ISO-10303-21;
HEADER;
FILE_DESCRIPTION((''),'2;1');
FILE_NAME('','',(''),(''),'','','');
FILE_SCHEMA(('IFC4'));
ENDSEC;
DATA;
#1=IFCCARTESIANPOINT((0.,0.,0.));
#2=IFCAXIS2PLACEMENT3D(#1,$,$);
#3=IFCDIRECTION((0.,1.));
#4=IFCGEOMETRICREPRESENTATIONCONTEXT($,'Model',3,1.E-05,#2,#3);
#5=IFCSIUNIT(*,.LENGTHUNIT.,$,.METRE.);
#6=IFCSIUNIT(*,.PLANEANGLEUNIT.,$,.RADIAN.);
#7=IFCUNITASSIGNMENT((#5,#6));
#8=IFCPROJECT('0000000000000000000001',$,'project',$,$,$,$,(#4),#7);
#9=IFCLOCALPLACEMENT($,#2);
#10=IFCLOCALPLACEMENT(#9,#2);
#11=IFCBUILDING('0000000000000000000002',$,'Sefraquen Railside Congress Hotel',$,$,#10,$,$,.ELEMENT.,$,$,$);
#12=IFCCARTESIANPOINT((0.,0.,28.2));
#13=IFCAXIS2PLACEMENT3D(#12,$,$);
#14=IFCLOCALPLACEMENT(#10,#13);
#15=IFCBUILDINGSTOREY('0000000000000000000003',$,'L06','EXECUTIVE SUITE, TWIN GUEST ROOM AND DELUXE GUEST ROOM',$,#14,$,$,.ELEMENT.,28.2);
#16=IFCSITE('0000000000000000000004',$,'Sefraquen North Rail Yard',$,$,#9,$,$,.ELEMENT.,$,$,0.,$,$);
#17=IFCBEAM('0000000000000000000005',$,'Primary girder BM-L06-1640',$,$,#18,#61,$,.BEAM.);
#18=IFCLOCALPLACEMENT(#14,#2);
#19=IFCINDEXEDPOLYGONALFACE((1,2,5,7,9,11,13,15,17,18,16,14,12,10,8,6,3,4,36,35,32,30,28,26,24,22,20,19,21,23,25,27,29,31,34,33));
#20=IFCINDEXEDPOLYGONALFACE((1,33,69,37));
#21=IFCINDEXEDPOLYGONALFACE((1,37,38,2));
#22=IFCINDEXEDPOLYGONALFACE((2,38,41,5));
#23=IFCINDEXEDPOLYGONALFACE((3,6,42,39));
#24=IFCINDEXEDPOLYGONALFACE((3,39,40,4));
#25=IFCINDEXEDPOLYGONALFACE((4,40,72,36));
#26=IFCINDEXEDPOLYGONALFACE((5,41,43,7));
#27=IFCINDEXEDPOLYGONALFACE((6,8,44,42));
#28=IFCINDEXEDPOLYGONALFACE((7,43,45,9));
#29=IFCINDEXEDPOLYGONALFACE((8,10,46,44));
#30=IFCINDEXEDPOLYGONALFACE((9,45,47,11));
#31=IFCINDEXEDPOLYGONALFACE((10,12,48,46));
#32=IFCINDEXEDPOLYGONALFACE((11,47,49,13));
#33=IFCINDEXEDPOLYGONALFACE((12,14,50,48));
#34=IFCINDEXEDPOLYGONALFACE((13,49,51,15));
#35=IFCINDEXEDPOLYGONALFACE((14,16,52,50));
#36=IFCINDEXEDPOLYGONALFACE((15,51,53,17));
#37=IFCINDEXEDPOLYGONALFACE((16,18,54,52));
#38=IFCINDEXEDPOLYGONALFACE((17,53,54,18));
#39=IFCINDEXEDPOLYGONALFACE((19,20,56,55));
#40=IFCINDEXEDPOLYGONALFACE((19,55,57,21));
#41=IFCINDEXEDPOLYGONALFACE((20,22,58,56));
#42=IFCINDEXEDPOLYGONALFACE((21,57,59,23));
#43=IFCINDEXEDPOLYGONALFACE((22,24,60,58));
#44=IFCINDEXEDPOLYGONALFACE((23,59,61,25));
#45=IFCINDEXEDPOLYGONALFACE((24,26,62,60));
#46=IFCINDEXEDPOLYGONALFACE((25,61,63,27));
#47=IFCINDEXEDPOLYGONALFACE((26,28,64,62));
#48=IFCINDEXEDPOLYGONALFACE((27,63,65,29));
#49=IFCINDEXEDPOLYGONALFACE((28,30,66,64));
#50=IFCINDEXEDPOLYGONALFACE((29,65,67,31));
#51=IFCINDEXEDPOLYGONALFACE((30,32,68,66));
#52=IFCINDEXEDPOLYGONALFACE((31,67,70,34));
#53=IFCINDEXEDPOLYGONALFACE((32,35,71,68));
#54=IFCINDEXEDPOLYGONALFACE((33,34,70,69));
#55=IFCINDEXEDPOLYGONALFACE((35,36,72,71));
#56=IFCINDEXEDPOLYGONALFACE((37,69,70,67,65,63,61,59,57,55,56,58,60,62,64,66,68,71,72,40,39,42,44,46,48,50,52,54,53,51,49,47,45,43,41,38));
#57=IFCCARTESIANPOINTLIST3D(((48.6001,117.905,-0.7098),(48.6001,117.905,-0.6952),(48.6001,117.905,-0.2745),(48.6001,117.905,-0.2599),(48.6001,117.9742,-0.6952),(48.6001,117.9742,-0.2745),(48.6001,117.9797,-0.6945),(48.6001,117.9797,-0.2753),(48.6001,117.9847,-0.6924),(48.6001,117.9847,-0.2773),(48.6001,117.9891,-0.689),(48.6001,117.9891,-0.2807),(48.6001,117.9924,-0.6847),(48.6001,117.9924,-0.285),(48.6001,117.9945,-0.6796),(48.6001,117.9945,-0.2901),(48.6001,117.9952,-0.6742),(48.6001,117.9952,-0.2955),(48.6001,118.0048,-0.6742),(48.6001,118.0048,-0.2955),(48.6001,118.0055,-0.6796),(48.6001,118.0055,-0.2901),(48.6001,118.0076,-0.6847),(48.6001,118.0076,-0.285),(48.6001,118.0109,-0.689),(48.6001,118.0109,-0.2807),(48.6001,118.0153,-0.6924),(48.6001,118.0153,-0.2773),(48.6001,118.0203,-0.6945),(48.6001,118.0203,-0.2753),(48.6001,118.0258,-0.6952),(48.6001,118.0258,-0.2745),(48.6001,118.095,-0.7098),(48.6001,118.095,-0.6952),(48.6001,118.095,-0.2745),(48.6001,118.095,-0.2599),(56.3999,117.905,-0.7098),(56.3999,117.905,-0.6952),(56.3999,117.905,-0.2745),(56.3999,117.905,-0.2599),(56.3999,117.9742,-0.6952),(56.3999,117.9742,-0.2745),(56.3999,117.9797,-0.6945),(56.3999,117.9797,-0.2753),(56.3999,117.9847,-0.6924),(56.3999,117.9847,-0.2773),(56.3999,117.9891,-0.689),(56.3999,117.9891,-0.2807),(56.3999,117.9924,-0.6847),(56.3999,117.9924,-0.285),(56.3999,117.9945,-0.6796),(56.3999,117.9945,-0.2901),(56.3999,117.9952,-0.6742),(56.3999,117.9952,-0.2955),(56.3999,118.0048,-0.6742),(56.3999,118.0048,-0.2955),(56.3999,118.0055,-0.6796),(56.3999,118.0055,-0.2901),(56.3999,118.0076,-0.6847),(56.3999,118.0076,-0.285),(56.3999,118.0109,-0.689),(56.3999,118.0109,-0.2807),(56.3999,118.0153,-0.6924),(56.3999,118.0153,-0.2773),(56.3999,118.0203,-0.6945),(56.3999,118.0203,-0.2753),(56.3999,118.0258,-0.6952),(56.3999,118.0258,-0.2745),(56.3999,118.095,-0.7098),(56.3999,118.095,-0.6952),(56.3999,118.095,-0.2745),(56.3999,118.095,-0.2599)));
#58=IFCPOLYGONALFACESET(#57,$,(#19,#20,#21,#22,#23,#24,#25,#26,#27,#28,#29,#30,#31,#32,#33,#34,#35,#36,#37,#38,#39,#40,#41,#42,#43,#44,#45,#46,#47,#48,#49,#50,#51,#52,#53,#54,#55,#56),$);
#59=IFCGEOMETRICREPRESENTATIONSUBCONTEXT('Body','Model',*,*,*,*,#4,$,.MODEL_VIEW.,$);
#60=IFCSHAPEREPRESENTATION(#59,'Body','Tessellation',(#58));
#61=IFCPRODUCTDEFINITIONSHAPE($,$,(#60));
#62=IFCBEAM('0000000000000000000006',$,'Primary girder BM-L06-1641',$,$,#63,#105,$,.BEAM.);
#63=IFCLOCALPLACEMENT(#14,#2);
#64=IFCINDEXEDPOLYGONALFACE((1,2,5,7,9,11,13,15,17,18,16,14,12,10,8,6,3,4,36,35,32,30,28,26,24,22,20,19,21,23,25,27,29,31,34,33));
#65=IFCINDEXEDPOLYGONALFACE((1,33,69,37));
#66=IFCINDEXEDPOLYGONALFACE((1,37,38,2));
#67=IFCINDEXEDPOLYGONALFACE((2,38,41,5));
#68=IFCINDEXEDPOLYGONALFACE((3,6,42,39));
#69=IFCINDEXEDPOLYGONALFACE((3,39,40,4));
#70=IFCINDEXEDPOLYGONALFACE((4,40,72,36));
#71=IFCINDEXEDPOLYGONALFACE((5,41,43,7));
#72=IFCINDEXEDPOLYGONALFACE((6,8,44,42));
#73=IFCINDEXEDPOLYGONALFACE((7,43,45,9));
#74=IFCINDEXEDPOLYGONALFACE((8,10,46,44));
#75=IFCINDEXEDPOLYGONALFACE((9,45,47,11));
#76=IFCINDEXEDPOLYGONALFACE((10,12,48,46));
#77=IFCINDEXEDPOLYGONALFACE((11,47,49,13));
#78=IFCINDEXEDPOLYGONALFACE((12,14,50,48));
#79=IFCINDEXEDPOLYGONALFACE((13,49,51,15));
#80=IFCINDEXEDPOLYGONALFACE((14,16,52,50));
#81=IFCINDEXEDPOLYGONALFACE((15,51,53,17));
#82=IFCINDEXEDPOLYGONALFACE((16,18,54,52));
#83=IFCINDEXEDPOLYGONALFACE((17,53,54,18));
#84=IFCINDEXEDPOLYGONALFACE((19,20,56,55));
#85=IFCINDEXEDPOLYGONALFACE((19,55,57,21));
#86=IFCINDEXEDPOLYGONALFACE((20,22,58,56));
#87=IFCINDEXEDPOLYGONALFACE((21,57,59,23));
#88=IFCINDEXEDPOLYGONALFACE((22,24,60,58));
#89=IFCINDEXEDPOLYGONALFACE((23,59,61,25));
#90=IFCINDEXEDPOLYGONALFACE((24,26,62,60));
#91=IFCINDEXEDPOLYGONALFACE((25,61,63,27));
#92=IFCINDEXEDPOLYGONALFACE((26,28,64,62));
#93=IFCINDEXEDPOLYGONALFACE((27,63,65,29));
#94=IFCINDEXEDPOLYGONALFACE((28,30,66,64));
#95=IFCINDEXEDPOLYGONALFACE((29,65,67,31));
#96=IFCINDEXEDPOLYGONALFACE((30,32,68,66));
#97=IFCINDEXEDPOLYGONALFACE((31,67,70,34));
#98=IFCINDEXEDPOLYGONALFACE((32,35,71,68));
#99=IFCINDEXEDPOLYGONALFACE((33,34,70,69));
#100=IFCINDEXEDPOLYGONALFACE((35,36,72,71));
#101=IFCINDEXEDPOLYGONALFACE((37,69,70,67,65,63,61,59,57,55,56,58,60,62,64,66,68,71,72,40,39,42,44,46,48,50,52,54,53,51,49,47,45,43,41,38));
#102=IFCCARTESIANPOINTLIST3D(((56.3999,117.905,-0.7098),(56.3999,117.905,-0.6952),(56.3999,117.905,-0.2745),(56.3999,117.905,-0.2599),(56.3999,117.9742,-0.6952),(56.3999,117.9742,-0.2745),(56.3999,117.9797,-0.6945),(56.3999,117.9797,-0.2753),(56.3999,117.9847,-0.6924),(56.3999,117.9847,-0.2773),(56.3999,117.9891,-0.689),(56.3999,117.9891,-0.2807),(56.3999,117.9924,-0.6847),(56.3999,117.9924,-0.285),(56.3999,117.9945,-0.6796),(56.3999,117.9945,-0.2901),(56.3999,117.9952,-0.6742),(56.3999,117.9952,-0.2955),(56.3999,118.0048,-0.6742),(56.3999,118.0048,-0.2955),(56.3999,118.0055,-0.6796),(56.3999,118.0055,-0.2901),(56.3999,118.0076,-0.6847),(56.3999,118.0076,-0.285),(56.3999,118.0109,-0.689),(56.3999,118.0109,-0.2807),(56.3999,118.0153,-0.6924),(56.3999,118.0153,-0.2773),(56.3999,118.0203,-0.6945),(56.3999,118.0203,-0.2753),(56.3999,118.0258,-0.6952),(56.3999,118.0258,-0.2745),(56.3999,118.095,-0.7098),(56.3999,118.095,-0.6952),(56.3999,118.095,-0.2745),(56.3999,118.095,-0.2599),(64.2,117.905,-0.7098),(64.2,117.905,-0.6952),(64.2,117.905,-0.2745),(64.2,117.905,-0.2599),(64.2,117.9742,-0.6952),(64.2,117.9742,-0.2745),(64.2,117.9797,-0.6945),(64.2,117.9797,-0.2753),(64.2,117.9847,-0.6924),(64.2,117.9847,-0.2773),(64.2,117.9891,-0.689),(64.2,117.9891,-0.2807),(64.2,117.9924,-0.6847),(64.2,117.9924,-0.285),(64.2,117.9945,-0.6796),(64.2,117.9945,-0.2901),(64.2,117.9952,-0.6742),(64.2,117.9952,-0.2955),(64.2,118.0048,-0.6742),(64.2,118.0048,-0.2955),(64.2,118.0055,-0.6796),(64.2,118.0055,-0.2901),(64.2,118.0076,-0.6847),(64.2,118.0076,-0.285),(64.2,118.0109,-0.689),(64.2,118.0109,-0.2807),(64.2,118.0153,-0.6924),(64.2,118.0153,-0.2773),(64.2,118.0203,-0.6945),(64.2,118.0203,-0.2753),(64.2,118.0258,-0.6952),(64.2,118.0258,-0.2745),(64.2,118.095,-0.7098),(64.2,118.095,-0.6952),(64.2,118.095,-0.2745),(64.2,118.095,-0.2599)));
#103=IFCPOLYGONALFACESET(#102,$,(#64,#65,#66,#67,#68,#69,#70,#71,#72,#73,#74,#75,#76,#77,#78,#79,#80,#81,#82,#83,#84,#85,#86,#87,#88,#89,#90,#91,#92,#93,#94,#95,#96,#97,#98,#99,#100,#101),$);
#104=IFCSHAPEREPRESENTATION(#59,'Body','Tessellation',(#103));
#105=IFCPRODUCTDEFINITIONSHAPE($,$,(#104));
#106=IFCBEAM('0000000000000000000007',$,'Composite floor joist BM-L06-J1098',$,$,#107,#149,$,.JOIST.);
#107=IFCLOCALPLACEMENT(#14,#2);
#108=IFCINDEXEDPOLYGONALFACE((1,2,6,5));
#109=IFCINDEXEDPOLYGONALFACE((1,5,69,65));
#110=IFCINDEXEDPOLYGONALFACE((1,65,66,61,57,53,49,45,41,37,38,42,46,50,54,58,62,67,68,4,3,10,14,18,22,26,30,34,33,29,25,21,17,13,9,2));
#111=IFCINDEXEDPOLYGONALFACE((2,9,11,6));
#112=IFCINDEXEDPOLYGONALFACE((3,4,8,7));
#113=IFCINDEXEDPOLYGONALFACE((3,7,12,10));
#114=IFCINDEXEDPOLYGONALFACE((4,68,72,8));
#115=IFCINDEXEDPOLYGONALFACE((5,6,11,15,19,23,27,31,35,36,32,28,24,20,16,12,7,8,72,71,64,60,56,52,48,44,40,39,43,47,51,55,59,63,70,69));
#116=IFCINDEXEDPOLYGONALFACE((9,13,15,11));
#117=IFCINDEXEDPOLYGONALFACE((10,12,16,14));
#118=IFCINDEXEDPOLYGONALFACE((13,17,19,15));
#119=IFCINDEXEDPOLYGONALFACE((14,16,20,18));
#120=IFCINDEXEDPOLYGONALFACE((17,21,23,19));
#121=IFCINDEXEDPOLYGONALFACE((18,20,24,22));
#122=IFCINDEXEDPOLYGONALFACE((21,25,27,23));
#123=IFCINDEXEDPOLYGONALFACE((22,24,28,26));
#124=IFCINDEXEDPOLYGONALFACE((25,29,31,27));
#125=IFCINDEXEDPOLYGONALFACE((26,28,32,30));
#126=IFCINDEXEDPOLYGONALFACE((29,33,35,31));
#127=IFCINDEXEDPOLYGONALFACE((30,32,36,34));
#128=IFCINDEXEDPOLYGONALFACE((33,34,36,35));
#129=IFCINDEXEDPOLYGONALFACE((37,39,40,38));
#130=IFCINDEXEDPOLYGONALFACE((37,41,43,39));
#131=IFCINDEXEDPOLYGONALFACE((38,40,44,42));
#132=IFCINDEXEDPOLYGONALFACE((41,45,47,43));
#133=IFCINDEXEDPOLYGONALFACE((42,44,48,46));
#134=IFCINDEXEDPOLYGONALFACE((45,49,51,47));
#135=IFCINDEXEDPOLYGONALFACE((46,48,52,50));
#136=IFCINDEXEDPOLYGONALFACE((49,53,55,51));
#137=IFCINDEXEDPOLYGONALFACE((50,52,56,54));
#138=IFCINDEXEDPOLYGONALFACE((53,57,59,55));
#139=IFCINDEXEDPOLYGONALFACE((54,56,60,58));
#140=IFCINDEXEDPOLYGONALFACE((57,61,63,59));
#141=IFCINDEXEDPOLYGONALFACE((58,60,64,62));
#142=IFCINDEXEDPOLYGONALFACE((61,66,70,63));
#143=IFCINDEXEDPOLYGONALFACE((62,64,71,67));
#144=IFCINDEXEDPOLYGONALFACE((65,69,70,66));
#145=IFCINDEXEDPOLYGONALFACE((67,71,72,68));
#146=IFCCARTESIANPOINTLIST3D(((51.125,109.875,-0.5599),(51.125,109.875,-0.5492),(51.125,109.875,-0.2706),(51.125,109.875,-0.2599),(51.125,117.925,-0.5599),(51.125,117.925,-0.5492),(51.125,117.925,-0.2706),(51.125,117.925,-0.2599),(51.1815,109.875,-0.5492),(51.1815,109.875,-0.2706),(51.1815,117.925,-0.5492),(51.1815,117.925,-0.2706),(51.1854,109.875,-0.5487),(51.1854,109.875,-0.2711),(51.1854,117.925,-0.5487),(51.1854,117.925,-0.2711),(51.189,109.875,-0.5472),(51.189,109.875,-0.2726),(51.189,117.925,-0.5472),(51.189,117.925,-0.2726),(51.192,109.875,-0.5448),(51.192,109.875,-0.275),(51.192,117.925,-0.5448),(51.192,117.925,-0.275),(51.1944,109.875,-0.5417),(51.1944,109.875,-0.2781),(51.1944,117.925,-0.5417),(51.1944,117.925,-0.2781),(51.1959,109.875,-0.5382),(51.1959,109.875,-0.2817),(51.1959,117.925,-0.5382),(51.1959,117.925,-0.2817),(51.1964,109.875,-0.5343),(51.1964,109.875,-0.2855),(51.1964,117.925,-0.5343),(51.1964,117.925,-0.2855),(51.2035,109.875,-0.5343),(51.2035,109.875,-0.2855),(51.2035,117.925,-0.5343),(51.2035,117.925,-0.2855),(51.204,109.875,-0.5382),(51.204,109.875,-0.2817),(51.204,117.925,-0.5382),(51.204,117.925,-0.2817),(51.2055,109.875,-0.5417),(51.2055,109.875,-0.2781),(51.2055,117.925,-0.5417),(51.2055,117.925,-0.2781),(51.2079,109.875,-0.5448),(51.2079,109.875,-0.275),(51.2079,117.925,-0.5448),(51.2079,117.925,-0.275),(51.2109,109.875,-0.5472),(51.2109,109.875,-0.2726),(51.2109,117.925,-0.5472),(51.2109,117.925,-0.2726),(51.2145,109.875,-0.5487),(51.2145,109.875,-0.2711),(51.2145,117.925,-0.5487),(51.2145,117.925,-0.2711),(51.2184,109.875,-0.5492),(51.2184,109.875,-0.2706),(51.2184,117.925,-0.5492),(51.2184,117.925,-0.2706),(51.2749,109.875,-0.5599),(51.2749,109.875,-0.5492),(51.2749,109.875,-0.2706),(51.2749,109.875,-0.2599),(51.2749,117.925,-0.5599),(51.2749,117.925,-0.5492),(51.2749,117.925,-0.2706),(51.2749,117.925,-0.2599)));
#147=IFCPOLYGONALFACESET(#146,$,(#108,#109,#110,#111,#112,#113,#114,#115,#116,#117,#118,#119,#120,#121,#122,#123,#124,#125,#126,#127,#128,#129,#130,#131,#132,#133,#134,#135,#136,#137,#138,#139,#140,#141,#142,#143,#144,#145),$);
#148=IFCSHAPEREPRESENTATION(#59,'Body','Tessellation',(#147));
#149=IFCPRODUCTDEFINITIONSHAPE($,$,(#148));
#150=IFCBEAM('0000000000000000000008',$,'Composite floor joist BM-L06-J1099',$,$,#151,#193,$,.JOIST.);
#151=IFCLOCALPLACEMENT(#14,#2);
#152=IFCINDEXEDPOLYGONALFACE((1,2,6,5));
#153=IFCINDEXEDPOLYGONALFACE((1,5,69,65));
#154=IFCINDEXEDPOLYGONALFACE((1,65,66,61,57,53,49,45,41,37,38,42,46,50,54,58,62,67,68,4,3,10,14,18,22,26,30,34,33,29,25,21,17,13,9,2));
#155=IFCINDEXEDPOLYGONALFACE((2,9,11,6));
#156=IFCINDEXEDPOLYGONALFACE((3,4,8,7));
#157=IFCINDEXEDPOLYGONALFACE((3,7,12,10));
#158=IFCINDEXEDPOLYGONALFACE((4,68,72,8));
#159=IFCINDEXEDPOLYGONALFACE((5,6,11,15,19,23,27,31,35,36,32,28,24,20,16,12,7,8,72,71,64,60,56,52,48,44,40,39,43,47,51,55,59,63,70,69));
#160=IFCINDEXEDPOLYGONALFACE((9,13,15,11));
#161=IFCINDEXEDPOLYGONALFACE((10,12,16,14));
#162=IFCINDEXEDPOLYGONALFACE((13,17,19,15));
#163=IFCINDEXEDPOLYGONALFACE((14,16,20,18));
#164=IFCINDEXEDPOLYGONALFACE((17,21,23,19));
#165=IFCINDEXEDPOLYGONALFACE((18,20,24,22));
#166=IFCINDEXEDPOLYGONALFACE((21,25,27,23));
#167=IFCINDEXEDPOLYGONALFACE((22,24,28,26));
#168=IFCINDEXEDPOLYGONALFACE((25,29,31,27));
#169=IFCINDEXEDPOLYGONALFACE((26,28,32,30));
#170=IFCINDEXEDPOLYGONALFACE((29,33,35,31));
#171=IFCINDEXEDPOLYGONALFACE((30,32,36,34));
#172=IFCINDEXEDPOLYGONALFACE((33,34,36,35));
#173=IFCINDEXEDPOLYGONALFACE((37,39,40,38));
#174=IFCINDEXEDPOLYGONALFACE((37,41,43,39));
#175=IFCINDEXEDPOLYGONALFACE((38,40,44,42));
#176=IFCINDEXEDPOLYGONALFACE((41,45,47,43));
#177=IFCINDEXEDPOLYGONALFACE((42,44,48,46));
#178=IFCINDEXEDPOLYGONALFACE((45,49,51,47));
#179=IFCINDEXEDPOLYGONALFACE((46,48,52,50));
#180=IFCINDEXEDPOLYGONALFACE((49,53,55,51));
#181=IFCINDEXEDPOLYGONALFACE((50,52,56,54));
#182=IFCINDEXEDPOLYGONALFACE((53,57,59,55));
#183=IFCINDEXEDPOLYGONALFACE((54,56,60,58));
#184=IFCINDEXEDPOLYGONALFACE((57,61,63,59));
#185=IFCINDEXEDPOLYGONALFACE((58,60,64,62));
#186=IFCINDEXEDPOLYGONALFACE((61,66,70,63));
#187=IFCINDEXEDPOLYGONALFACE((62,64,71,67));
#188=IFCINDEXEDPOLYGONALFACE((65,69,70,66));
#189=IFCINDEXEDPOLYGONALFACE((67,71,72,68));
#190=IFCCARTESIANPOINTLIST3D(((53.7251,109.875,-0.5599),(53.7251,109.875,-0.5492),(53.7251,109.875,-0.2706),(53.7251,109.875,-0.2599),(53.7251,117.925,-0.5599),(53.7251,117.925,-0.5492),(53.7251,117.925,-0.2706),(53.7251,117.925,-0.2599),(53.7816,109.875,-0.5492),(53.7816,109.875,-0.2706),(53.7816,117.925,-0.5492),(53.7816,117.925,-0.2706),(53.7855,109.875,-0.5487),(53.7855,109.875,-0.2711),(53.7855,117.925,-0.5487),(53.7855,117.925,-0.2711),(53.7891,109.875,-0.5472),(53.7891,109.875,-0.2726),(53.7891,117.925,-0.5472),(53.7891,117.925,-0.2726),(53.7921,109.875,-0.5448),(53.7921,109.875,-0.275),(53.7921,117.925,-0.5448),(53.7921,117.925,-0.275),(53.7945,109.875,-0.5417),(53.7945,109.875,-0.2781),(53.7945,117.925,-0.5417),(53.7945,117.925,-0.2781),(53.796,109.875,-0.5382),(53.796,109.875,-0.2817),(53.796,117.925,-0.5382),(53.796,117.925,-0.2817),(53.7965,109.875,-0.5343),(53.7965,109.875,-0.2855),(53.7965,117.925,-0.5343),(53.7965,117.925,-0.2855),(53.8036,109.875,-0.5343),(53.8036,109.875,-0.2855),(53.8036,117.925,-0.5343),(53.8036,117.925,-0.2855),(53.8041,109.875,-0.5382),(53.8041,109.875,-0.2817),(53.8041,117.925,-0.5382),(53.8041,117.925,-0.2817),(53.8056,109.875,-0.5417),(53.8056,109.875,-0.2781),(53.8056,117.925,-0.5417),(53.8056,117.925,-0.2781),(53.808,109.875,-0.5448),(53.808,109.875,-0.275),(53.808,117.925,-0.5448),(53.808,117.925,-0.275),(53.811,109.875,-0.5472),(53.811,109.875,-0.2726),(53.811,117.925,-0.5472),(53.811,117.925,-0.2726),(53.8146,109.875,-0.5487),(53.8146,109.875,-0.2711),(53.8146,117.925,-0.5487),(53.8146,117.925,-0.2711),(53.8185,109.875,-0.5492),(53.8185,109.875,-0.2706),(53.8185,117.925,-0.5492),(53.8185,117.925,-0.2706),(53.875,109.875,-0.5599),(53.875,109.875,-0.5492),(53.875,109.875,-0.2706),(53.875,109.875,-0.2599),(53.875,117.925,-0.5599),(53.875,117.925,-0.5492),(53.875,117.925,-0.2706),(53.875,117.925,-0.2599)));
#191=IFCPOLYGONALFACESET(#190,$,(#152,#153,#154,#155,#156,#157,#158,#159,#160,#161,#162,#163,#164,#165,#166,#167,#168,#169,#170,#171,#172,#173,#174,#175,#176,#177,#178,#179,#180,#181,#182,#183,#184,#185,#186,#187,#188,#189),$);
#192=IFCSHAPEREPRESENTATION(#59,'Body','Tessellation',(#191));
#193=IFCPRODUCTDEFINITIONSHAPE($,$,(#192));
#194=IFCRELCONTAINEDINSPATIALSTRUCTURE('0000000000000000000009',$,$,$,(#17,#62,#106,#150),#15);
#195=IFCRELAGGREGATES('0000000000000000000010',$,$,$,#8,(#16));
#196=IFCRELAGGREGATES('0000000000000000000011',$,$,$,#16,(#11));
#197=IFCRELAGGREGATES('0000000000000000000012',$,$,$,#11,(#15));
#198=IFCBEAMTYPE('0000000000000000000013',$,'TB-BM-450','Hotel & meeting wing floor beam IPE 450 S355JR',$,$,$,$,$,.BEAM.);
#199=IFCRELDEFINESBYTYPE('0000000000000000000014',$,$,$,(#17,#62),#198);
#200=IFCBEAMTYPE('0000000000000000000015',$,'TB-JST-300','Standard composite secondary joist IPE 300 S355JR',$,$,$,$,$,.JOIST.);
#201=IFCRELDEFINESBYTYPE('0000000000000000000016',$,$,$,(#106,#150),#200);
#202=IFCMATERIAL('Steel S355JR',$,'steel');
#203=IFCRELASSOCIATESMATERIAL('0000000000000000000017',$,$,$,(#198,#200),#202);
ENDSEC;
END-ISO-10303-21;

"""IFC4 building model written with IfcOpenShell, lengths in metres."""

from ifc_helpers import new_model, si_unit, direction, frame, origin, origin_2d, place, context, subcontext, project, spatial, i_section, extrude, material, material_profile, profile_set, type_object, element, save


model = new_model("IFC4")

# Units and contexts
model_context = context("Model", 3, precision=1e-05, world=origin(), true_north=direction((0.0, 1.0)))
body_context = subcontext(model_context, "Body", "Model", "MODEL_VIEW")
ifc_project = project(units=[si_unit("LENGTHUNIT", "METRE"), si_unit("PLANEANGLEUNIT", "RADIAN")], contexts=[model_context])

# Site, building, storey
site_placement = place(None, origin())
site = spatial("IfcSite", under=ifc_project, at=site_placement, Name="Sefraquen North Rail Yard", CompositionType="ELEMENT", RefElevation=0.0)
building_placement = place(site_placement, origin())
building = spatial("IfcBuilding", under=site, at=building_placement, Name="Sefraquen Railside Congress Hotel", CompositionType="ELEMENT")
storey_placement = place(building_placement, frame((0.0, 0.0, 28.2)))
storey = spatial("IfcBuildingStorey", under=building, at=storey_placement, Name="L06", Description="EXECUTIVE SUITE, TWIN GUEST ROOM AND DELUXE GUEST ROOM", CompositionType="ELEMENT", Elevation=28.2)

# Shared definitions
ifc_material_1 = material(Name="Steel S355JR", Category="steel")

# Beams
ifc_material_profile_1 = material_profile(ifc_material_1, i_section(OverallWidth=0.1899, OverallDepth=0.45, WebThickness=0.0095, FlangeThickness=0.0146, FilletRadius=0.021, at=origin_2d()), Name="IPE 450")
ifc_profile_set_1 = profile_set([ifc_material_profile_1], Name="Steel S355JR")
beam_type_1 = type_object("IfcBeamType", Name="TB-BM-450", Description="Hotel & meeting wing floor beam IPE 450 S355JR", PredefinedType="BEAM", material=ifc_profile_set_1)
beam_1_placement = place(storey_placement, frame((48.6001, 118.0, -0.4849), z_axis=(1.0, 0.0, 0.0), x_axis=(0.0, 1.0, 0.0)))
element("IfcBeam", 1, at=beam_1_placement, inside=storey, type_object=beam_type_1, Name="Primary girder BM-L06-1640", PredefinedType="BEAM", context=body_context, shape_type="SweptSolid", body=[
    extrude(i_section(OverallWidth=0.1899, OverallDepth=0.45, WebThickness=0.0095, FlangeThickness=0.0146, FilletRadius=0.021, at=origin_2d()), origin(), (0.0, 0.0, 1.0), 7.7998),
])
beam_2_placement = place(storey_placement, frame((56.3999, 118.0, -0.4849), z_axis=(1.0, 0.0, 0.0), x_axis=(0.0, 1.0, 0.0)))
element("IfcBeam", 2, at=beam_2_placement, inside=storey, type_object=beam_type_1, Name="Primary girder BM-L06-1641", PredefinedType="BEAM", context=body_context, shape_type="SweptSolid", body=[
    extrude(i_section(OverallWidth=0.1899, OverallDepth=0.45, WebThickness=0.0095, FlangeThickness=0.0146, FilletRadius=0.021, at=origin_2d()), origin(), (0.0, 0.0, 1.0), 7.8),
])
ifc_material_profile_2 = material_profile(ifc_material_1, i_section(OverallWidth=0.1499, OverallDepth=0.3, WebThickness=0.0071, FlangeThickness=0.0107, FilletRadius=0.0149, at=origin_2d()), Name="IPE 300")
ifc_profile_set_2 = profile_set([ifc_material_profile_2], Name="Steel S355JR")
beam_type_2 = type_object("IfcBeamType", Name="TB-JST-300", Description="Standard composite secondary joist IPE 300 S355JR", PredefinedType="JOIST", material=ifc_profile_set_2)
for number, where, z_axis, x_axis, name in (
    (3, (51.2, 109.875, -0.4099), (0.0, 1.0, 0.0), (-1.0, 0.0, 0.0), "Composite floor joist BM-L06-J1098"),
    (4, (53.8, 109.875, -0.4099), (0.0, 1.0, 0.0), (-1.0, 0.0, 0.0), "Composite floor joist BM-L06-J1099"),
):
    element("IfcBeam", number, at=place(storey_placement, frame(where, z_axis=z_axis, x_axis=x_axis)), inside=storey, type_object=beam_type_2, Name=name, PredefinedType="JOIST", context=body_context, shape_type="SweptSolid", body=[
        extrude(i_section(OverallWidth=0.1499, OverallDepth=0.3, WebThickness=0.0071, FlangeThickness=0.0107, FilletRadius=0.0149, at=origin_2d()), origin(), (0.0, 0.0, 1.0), 8.05),
    ])

save(model, "model.ifc")
